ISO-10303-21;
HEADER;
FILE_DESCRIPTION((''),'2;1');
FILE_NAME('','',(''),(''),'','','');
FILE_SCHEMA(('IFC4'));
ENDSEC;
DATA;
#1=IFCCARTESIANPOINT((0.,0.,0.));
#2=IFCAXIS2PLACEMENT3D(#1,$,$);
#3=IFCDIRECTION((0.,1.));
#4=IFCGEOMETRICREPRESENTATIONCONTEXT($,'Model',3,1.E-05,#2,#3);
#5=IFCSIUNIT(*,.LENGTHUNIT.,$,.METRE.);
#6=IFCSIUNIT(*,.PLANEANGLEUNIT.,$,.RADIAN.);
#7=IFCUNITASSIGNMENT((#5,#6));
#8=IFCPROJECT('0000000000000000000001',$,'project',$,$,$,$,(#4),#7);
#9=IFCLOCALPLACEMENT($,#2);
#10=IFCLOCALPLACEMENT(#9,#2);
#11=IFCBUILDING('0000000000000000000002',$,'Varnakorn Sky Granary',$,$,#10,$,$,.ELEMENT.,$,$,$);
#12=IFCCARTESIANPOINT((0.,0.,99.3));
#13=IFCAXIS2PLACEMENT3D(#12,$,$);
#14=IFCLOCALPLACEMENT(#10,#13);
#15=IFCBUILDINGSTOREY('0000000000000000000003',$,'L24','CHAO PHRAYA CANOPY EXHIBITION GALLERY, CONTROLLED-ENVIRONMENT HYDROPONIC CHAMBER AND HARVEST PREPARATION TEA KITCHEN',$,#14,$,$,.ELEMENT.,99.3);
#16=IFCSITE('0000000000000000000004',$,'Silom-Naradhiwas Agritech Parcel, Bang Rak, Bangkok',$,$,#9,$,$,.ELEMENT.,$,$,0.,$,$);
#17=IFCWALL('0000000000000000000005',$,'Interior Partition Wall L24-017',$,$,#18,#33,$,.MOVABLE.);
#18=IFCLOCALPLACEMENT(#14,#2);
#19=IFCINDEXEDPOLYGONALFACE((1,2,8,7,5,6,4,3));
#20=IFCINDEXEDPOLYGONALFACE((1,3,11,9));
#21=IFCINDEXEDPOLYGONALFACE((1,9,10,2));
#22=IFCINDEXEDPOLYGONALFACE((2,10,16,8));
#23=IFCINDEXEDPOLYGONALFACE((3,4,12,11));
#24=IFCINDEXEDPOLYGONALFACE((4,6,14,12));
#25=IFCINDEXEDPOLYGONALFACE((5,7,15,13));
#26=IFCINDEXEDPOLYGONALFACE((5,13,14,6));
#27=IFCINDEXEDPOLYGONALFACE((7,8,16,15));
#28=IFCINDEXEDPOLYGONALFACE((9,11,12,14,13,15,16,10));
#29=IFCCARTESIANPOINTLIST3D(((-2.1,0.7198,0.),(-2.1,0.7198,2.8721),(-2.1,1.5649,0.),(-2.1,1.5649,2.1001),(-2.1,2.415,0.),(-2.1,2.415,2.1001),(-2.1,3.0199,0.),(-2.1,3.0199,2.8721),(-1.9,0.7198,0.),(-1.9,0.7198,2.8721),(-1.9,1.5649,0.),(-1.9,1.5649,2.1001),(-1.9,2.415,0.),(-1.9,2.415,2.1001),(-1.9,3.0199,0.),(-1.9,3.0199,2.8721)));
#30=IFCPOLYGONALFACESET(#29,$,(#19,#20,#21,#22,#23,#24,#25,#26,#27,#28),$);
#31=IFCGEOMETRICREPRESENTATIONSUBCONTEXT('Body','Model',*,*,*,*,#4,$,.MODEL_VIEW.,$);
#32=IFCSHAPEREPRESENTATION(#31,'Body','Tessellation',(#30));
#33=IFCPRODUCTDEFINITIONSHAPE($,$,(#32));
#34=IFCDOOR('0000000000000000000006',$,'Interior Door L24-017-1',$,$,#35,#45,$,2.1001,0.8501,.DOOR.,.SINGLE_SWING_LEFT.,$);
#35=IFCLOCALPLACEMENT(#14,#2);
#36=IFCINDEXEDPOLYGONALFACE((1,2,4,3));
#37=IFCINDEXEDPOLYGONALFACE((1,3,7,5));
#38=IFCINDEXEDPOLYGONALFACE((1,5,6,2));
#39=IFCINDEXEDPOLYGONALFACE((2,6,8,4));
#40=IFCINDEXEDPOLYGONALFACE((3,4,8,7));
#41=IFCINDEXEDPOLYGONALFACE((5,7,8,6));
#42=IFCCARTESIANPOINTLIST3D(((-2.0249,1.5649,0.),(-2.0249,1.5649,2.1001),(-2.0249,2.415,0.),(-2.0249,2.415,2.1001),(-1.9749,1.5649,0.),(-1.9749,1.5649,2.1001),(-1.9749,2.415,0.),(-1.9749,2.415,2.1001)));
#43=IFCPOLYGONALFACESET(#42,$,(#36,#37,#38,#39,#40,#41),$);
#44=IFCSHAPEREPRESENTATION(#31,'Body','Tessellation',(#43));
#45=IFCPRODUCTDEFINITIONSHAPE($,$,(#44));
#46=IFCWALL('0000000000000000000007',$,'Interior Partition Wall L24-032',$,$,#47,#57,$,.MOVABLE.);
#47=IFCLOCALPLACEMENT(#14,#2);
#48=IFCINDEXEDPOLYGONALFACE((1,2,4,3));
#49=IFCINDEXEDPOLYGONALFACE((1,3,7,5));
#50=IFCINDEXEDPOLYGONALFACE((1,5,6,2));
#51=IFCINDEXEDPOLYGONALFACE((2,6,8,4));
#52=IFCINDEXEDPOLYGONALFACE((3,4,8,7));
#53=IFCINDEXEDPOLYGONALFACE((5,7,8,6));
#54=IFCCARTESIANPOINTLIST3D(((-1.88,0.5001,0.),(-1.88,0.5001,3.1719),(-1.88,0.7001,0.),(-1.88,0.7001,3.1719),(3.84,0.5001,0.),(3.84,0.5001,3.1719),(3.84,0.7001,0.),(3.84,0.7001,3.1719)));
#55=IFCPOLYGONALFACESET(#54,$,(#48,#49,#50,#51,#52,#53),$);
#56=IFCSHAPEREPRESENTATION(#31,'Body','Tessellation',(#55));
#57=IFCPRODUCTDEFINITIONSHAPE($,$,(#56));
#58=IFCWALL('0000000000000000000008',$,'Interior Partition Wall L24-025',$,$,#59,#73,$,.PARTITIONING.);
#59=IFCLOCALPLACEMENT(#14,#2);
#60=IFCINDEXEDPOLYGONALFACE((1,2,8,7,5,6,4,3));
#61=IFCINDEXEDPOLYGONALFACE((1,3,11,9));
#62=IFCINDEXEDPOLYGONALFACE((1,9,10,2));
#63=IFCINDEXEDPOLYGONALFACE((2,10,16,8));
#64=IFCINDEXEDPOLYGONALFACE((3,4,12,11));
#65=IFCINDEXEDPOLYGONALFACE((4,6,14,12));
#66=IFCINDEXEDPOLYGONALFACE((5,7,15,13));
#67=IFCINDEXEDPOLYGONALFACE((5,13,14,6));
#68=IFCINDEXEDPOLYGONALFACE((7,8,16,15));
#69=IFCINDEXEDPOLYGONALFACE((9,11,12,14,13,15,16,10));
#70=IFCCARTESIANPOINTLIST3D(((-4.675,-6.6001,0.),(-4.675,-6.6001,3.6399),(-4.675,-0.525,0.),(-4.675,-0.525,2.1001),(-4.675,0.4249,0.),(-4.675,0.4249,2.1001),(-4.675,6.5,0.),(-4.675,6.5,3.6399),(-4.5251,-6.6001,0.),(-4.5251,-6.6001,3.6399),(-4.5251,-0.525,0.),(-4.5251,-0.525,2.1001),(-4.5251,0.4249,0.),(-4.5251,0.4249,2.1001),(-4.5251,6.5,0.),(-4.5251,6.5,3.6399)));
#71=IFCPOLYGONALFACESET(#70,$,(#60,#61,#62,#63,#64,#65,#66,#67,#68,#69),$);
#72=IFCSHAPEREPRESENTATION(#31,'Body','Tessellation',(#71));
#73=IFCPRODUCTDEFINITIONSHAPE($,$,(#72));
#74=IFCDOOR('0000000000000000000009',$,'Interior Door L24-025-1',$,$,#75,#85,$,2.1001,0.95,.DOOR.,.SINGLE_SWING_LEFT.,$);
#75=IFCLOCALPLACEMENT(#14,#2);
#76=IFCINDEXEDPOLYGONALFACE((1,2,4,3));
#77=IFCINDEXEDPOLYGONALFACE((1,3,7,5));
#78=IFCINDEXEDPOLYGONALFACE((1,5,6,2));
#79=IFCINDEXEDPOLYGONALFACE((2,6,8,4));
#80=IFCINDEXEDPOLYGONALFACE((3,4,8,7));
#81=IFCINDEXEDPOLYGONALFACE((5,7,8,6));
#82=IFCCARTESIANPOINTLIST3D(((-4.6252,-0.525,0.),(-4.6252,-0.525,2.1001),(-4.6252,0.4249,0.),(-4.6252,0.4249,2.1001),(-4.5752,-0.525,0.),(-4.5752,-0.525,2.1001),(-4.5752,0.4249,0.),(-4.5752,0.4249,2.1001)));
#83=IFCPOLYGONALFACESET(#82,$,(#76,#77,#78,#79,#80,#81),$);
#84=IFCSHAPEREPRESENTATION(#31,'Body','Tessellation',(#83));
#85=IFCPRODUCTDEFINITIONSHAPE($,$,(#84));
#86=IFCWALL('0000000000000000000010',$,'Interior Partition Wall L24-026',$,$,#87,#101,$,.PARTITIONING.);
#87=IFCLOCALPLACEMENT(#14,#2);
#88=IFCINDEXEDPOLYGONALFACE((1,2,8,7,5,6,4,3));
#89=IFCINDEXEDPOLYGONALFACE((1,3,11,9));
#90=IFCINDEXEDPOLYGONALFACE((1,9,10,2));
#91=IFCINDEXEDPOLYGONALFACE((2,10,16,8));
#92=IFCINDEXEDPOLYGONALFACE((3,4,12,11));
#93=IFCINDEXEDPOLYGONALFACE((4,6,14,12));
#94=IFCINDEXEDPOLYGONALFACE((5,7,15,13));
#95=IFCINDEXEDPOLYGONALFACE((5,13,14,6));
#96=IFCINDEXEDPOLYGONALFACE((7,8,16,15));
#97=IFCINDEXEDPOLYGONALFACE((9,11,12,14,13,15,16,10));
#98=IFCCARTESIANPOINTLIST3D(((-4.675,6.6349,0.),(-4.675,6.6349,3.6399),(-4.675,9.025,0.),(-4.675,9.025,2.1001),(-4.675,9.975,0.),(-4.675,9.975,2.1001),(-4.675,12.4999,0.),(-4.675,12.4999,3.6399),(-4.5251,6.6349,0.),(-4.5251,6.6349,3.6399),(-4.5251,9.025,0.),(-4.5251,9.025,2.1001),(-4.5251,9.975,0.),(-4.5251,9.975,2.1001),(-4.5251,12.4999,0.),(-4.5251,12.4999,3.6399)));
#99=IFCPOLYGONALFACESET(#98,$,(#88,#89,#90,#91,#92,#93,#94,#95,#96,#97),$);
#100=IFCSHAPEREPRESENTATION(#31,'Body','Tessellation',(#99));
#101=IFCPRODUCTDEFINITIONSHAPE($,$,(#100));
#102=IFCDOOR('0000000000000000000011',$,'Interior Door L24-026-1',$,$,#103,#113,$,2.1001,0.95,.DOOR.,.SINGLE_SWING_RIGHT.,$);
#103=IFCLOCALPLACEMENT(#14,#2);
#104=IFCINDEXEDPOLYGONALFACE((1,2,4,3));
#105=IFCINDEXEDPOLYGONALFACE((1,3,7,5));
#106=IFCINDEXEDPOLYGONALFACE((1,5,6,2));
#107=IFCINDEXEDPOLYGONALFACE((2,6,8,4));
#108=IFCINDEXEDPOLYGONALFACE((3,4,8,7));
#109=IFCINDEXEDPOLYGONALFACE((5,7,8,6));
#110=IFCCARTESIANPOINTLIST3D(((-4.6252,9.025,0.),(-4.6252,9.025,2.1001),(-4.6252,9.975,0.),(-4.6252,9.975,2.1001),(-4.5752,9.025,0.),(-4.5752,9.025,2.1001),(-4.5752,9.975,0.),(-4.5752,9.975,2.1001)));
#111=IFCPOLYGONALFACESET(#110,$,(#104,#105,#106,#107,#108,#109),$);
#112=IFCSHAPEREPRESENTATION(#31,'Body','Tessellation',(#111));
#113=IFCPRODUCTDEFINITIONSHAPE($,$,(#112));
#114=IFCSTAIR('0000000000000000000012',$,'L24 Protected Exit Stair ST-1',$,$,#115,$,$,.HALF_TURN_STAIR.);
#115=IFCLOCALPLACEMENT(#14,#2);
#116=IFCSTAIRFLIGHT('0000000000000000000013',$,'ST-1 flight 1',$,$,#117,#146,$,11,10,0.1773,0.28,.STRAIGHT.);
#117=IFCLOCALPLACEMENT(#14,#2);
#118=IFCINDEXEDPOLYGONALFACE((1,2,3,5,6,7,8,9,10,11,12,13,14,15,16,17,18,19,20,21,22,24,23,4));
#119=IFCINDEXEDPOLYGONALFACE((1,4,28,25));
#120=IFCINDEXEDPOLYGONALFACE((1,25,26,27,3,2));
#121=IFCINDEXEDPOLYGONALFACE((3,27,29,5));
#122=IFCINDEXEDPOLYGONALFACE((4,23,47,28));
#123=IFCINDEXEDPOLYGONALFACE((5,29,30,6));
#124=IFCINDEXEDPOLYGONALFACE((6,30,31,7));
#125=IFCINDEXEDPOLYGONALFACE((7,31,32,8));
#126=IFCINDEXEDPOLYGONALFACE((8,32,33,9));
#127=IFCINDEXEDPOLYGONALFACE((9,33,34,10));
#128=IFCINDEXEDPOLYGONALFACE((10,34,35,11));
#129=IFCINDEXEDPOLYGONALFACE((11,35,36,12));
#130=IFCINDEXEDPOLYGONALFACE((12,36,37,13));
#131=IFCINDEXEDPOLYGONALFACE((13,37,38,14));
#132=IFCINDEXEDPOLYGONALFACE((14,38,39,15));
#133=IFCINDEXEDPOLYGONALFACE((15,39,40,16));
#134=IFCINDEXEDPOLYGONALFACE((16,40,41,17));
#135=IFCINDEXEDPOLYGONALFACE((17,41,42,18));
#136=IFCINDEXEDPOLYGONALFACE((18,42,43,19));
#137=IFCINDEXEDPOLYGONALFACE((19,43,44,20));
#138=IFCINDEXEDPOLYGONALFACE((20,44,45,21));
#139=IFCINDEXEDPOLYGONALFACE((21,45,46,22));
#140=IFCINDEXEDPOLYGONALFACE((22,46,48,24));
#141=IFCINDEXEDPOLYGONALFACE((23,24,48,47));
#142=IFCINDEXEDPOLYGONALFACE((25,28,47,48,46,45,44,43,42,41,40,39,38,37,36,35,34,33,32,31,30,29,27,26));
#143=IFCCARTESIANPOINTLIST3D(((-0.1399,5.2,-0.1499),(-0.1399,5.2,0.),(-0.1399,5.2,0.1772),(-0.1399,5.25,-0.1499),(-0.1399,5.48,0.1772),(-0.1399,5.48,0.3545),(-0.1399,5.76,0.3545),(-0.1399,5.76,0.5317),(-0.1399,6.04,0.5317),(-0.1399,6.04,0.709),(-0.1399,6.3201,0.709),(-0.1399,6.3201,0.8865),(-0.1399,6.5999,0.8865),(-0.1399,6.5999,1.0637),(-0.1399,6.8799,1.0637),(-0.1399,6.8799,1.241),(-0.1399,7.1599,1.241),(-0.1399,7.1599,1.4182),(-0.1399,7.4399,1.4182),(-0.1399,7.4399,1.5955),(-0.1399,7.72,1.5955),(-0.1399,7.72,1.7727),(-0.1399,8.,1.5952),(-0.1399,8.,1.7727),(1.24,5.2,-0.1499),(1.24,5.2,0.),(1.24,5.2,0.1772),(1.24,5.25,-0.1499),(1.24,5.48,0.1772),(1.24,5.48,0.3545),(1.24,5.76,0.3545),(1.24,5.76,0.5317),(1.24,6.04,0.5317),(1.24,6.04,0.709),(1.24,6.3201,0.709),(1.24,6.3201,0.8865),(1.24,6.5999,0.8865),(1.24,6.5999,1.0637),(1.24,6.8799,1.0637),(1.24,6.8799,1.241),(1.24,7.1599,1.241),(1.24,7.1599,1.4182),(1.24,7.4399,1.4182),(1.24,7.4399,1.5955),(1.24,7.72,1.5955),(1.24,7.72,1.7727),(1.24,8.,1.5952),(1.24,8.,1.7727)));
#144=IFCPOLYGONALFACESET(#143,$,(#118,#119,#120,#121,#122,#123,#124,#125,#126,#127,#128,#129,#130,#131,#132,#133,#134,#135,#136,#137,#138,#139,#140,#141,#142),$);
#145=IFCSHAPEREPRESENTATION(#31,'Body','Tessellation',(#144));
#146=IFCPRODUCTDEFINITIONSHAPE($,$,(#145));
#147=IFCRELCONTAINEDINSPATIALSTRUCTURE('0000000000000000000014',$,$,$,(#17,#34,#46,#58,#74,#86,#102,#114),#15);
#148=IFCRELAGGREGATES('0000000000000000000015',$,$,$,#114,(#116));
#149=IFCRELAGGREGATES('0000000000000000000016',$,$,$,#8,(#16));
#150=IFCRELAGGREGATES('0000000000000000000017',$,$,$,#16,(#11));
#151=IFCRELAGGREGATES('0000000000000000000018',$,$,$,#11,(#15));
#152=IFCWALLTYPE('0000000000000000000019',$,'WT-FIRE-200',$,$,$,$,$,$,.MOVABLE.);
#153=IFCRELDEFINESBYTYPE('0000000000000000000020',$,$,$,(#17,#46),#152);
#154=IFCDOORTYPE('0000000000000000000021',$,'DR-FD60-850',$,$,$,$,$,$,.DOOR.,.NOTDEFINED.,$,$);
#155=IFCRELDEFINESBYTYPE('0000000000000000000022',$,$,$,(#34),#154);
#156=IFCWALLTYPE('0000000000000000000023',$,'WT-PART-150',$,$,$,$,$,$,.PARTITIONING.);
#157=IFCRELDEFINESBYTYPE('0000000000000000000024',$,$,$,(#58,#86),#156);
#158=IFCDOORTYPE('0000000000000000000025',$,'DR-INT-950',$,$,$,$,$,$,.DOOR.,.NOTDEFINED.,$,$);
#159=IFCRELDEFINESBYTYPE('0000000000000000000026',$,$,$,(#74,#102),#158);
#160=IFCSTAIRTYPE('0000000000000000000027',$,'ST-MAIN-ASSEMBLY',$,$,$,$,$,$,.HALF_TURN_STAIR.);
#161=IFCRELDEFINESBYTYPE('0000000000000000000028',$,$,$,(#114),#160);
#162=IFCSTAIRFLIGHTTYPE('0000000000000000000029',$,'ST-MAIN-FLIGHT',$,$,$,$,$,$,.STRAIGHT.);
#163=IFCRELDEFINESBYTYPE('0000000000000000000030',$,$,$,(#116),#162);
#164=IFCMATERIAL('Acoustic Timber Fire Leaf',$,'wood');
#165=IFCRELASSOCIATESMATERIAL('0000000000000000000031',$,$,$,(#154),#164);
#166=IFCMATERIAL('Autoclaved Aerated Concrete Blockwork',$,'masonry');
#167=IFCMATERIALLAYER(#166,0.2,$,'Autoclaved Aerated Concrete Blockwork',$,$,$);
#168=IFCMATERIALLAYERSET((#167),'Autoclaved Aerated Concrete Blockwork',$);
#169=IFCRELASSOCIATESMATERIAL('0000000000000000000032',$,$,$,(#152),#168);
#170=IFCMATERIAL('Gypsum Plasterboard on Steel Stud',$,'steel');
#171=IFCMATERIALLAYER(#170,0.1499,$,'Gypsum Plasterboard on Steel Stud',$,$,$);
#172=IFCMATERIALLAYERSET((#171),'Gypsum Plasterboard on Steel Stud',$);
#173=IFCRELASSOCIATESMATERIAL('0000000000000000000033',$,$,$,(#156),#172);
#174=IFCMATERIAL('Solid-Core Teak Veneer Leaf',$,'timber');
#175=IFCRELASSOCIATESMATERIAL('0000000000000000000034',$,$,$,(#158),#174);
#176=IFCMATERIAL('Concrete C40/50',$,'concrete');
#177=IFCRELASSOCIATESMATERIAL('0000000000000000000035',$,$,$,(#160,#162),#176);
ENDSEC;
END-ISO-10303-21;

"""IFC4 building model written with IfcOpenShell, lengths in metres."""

from ifc_helpers import new_model, si_unit, direction, frame, frame_2d, origin, place, context, subcontext, project, spatial, polyline, rectangle, outline, extrude, material, layer, layer_set, type_object, element, fill, aggregate, save


model = new_model("IFC4")

# Units and contexts
model_context = context("Model", 3, precision=1e-05, world=origin(), true_north=direction((0.0, 1.0)))
body_context = subcontext(model_context, "Body", "Model", "MODEL_VIEW")
ifc_project = project(units=[si_unit("LENGTHUNIT", "METRE"), si_unit("PLANEANGLEUNIT", "RADIAN")], contexts=[model_context])

# Site, building, storey
site_placement = place(None, origin())
site = spatial("IfcSite", under=ifc_project, at=site_placement, Name="Silom-Naradhiwas Agritech Parcel, Bang Rak, Bangkok", CompositionType="ELEMENT", RefElevation=0.0)
building_placement = place(site_placement, origin())
building = spatial("IfcBuilding", under=site, at=building_placement, Name="Varnakorn Sky Granary", CompositionType="ELEMENT")
storey_placement = place(building_placement, frame((0.0, 0.0, 99.3)))
storey = spatial("IfcBuildingStorey", under=building, at=storey_placement, Name="L24", Description="CHAO PHRAYA CANOPY EXHIBITION GALLERY, CONTROLLED-ENVIRONMENT HYDROPONIC CHAMBER AND HARVEST PREPARATION TEA KITCHEN", CompositionType="ELEMENT", Elevation=99.3)

# Shared definitions
ifc_material_1 = material(Name="Acoustic Timber Fire Leaf", Category="wood")
door_type_1 = type_object("IfcDoorType", Name="DR-FD60-850", OperationType="NOTDEFINED", PredefinedType="DOOR", material=ifc_material_1)

# Wall, opening, door
ifc_material_2 = material(Name="Autoclaved Aerated Concrete Blockwork", Category="masonry")
ifc_layer_1 = layer(ifc_material_2, 0.2, Name="Autoclaved Aerated Concrete Blockwork")
ifc_layer_set_1 = layer_set([ifc_layer_1], Name="Autoclaved Aerated Concrete Blockwork")
wall_type_1 = type_object("IfcWallType", Name="WT-FIRE-200", PredefinedType="MOVABLE", material=ifc_layer_set_1)
wall_1_placement = place(storey_placement, frame((-2.0, 0.72, 0.0), z_axis=(0.0, 0.0, 1.0), x_axis=(0.0, 1.0, 0.0)))
wall_1 = element("IfcWall", 1, at=wall_1_placement, inside=storey, type_object=wall_type_1, Name="Interior Partition Wall L24-017", PredefinedType="MOVABLE", context=body_context, shape_type="SweptSolid", body=[
    extrude(rectangle(XDim=2.3, YDim=0.2, at=frame_2d((1.1499, 0.0))), origin(), (0.0, 0.0, 1.0), 2.8721),
])
opening_1_placement = place(wall_1_placement, frame((0.845, 0.0, 0.0)))
opening_1 = element("IfcOpeningElement", 2, at=opening_1_placement, cuts=wall_1, PredefinedType="OPENING", context=body_context, shape_type="SweptSolid", body=[
    extrude(rectangle(XDim=0.8501, YDim=2.1001, at=frame_2d((0.425, 1.05))), frame((0.0, 0.1099, 0.0), z_axis=(0.0, -1.0, 0.0), x_axis=(1.0, 0.0, 0.0)), (0.0, 0.0, 1.0), 0.22),
])
door_1_placement = place(opening_1_placement, origin())
door_1 = element("IfcDoor", 3, at=door_1_placement, inside=storey, type_object=door_type_1, Name="Interior Door L24-017-1", OperationType="SINGLE_SWING_LEFT", OverallHeight=2.1001, OverallWidth=0.8501, PredefinedType="DOOR", context=body_context, shape_type="SweptSolid", body=[
    extrude(rectangle(XDim=0.8501, YDim=2.1001, at=frame_2d((0.425, 1.05))), frame((0.0, 0.0249, 0.0), z_axis=(0.0, -1.0, 0.0), x_axis=(1.0, 0.0, 0.0)), (0.0, 0.0, 1.0), 0.05),
])
fill(opening_1, door_1)

# Wall
wall_2_placement = place(storey_placement, frame((-1.8799, 0.6001, 0.0), z_axis=(0.0, 0.0, 1.0), x_axis=(1.0, 0.0, 0.0)))
element("IfcWall", 4, at=wall_2_placement, inside=storey, type_object=wall_type_1, Name="Interior Partition Wall L24-032", PredefinedType="MOVABLE", context=body_context, shape_type="SweptSolid", body=[
    extrude(rectangle(XDim=5.72, YDim=0.2, at=frame_2d((2.8599, 0.0))), origin(), (0.0, 0.0, 1.0), 3.1719),
])

# Walls, openings, doors
ifc_material_3 = material(Name="Gypsum Plasterboard on Steel Stud", Category="steel")
ifc_layer_2 = layer(ifc_material_3, 0.1499, Name="Gypsum Plasterboard on Steel Stud")
ifc_layer_set_2 = layer_set([ifc_layer_2], Name="Gypsum Plasterboard on Steel Stud")
wall_type_2 = type_object("IfcWallType", Name="WT-PART-150", PredefinedType="PARTITIONING", material=ifc_layer_set_2)
wall_3_placement = place(storey_placement, frame((-4.6001, 6.5, 0.0), z_axis=(0.0, 0.0, 1.0), x_axis=(0.0, -1.0, 0.0)))
wall_3 = element("IfcWall", 5, at=wall_3_placement, inside=storey, type_object=wall_type_2, Name="Interior Partition Wall L24-025", PredefinedType="PARTITIONING", context=body_context, shape_type="SweptSolid", body=[
    extrude(rectangle(XDim=13.1001, YDim=0.1499, at=frame_2d((6.55, 0.0))), origin(), (0.0, 0.0, 1.0), 3.6399),
])
opening_2_placement = place(wall_3_placement, frame((6.075, 0.0, 0.0)))
opening_2 = element("IfcOpeningElement", 6, at=opening_2_placement, cuts=wall_3, PredefinedType="OPENING", context=body_context, shape_type="SweptSolid", body=[
    extrude(rectangle(XDim=0.95, YDim=2.1001, at=frame_2d((0.4751, 1.05))), frame((0.0, 0.085, 0.0), z_axis=(0.0, -1.0, 0.0), x_axis=(1.0, 0.0, 0.0)), (0.0, 0.0, 1.0), 0.1699),
])
ifc_material_4 = material(Name="Solid-Core Teak Veneer Leaf", Category="timber")
door_type_2 = type_object("IfcDoorType", Name="DR-INT-950", OperationType="NOTDEFINED", PredefinedType="DOOR", material=ifc_material_4)
door_2_placement = place(opening_2_placement, origin())
door_2 = element("IfcDoor", 7, at=door_2_placement, inside=storey, type_object=door_type_2, Name="Interior Door L24-025-1", OperationType="SINGLE_SWING_LEFT", OverallHeight=2.1001, OverallWidth=0.95, PredefinedType="DOOR", context=body_context, shape_type="SweptSolid", body=[
    extrude(rectangle(XDim=0.95, YDim=2.1001, at=frame_2d((0.4751, 1.05))), frame((0.0, 0.0249, 0.0), z_axis=(0.0, -1.0, 0.0), x_axis=(1.0, 0.0, 0.0)), (0.0, 0.0, 1.0), 0.05),
])
fill(opening_2, door_2)
wall_4_placement = place(storey_placement, frame((-4.6001, 12.5, 0.0), z_axis=(0.0, 0.0, 1.0), x_axis=(0.0, -1.0, 0.0)))
wall_4 = element("IfcWall", 8, at=wall_4_placement, inside=storey, type_object=wall_type_2, Name="Interior Partition Wall L24-026", PredefinedType="PARTITIONING", context=body_context, shape_type="SweptSolid", body=[
    extrude(rectangle(XDim=5.865, YDim=0.1499, at=frame_2d((2.9326, 0.0))), origin(), (0.0, 0.0, 1.0), 3.6399),
])
opening_3_placement = place(wall_4_placement, frame((2.5249, 0.0, 0.0)))
opening_3 = element("IfcOpeningElement", 9, at=opening_3_placement, cuts=wall_4, PredefinedType="OPENING", context=body_context, shape_type="SweptSolid", body=[
    extrude(rectangle(XDim=0.95, YDim=2.1001, at=frame_2d((0.4751, 1.05))), frame((0.0, 0.085, 0.0), z_axis=(0.0, -1.0, 0.0), x_axis=(1.0, 0.0, 0.0)), (0.0, 0.0, 1.0), 0.1699),
])
door_3_placement = place(opening_3_placement, origin())
door_3 = element("IfcDoor", 10, at=door_3_placement, inside=storey, type_object=door_type_2, Name="Interior Door L24-026-1", OperationType="SINGLE_SWING_RIGHT", OverallHeight=2.1001, OverallWidth=0.95, PredefinedType="DOOR", context=body_context, shape_type="SweptSolid", body=[
    extrude(rectangle(XDim=0.95, YDim=2.1001, at=frame_2d((0.4751, 1.05))), frame((0.0, 0.0249, 0.0), z_axis=(0.0, -1.0, 0.0), x_axis=(1.0, 0.0, 0.0)), (0.0, 0.0, 1.0), 0.05),
])
fill(opening_3, door_3)

# Stair, stair flight
ifc_material_5 = material(Name="Concrete C40/50", Category="concrete")
stair_type = type_object("IfcStairType", Name="ST-MAIN-ASSEMBLY", PredefinedType="HALF_TURN_STAIR", material=ifc_material_5)
stair_placement = place(storey_placement, origin())
stair = element("IfcStair", 11, at=stair_placement, inside=storey, type_object=stair_type, Name="L24 Protected Exit Stair ST-1", PredefinedType="HALF_TURN_STAIR")
stair_flight_type = type_object("IfcStairFlightType", Name="ST-MAIN-FLIGHT", PredefinedType="STRAIGHT", material=ifc_material_5)
stair_flight_1_placement = place(storey_placement, frame((0.55, 5.2, 0.0), z_axis=(0.0, 0.0, 1.0), x_axis=(0.0, 1.0, 0.0)))
stair_flight_1 = element("IfcStairFlight", 12, at=stair_flight_1_placement, type_object=stair_flight_type, Name="ST-1 flight 1", NumberOfRisers=11, NumberOfTreads=10, PredefinedType="STRAIGHT", RiserHeight=0.1773, TreadLength=0.28, context=body_context, shape_type="SweptSolid", body=[
    extrude(outline(polyline([(0.0, -0.1499), (0.0, 0.0), (0.0, 0.1772), (0.28, 0.1772), (0.28, 0.3545), (0.5601, 0.3545), (0.5601, 0.5317), (0.8401, 0.5317), (0.8401, 0.709), (1.1201, 0.709), (1.1201, 0.8865), (1.3999, 0.8865), (1.3999, 1.0637), (1.6799, 1.0637), (1.6799, 1.241), (1.96, 1.241), (1.96, 1.4182), (2.24, 1.4182), (2.24, 1.5955), (2.52, 1.5955), (2.52, 1.7727), (2.8, 1.7727), (2.8, 1.95), (2.8, 1.5952), (0.05, -0.1499), (0.0, -0.1499)])), frame((0.0, 0.6899, 0.0), z_axis=(0.0, -1.0, 0.0), x_axis=(1.0, 0.0, 0.0)), (0.0, 0.0, 1.0), 1.3799),
])
aggregate(stair, [stair_flight_1])

save(model, "model.ifc")
